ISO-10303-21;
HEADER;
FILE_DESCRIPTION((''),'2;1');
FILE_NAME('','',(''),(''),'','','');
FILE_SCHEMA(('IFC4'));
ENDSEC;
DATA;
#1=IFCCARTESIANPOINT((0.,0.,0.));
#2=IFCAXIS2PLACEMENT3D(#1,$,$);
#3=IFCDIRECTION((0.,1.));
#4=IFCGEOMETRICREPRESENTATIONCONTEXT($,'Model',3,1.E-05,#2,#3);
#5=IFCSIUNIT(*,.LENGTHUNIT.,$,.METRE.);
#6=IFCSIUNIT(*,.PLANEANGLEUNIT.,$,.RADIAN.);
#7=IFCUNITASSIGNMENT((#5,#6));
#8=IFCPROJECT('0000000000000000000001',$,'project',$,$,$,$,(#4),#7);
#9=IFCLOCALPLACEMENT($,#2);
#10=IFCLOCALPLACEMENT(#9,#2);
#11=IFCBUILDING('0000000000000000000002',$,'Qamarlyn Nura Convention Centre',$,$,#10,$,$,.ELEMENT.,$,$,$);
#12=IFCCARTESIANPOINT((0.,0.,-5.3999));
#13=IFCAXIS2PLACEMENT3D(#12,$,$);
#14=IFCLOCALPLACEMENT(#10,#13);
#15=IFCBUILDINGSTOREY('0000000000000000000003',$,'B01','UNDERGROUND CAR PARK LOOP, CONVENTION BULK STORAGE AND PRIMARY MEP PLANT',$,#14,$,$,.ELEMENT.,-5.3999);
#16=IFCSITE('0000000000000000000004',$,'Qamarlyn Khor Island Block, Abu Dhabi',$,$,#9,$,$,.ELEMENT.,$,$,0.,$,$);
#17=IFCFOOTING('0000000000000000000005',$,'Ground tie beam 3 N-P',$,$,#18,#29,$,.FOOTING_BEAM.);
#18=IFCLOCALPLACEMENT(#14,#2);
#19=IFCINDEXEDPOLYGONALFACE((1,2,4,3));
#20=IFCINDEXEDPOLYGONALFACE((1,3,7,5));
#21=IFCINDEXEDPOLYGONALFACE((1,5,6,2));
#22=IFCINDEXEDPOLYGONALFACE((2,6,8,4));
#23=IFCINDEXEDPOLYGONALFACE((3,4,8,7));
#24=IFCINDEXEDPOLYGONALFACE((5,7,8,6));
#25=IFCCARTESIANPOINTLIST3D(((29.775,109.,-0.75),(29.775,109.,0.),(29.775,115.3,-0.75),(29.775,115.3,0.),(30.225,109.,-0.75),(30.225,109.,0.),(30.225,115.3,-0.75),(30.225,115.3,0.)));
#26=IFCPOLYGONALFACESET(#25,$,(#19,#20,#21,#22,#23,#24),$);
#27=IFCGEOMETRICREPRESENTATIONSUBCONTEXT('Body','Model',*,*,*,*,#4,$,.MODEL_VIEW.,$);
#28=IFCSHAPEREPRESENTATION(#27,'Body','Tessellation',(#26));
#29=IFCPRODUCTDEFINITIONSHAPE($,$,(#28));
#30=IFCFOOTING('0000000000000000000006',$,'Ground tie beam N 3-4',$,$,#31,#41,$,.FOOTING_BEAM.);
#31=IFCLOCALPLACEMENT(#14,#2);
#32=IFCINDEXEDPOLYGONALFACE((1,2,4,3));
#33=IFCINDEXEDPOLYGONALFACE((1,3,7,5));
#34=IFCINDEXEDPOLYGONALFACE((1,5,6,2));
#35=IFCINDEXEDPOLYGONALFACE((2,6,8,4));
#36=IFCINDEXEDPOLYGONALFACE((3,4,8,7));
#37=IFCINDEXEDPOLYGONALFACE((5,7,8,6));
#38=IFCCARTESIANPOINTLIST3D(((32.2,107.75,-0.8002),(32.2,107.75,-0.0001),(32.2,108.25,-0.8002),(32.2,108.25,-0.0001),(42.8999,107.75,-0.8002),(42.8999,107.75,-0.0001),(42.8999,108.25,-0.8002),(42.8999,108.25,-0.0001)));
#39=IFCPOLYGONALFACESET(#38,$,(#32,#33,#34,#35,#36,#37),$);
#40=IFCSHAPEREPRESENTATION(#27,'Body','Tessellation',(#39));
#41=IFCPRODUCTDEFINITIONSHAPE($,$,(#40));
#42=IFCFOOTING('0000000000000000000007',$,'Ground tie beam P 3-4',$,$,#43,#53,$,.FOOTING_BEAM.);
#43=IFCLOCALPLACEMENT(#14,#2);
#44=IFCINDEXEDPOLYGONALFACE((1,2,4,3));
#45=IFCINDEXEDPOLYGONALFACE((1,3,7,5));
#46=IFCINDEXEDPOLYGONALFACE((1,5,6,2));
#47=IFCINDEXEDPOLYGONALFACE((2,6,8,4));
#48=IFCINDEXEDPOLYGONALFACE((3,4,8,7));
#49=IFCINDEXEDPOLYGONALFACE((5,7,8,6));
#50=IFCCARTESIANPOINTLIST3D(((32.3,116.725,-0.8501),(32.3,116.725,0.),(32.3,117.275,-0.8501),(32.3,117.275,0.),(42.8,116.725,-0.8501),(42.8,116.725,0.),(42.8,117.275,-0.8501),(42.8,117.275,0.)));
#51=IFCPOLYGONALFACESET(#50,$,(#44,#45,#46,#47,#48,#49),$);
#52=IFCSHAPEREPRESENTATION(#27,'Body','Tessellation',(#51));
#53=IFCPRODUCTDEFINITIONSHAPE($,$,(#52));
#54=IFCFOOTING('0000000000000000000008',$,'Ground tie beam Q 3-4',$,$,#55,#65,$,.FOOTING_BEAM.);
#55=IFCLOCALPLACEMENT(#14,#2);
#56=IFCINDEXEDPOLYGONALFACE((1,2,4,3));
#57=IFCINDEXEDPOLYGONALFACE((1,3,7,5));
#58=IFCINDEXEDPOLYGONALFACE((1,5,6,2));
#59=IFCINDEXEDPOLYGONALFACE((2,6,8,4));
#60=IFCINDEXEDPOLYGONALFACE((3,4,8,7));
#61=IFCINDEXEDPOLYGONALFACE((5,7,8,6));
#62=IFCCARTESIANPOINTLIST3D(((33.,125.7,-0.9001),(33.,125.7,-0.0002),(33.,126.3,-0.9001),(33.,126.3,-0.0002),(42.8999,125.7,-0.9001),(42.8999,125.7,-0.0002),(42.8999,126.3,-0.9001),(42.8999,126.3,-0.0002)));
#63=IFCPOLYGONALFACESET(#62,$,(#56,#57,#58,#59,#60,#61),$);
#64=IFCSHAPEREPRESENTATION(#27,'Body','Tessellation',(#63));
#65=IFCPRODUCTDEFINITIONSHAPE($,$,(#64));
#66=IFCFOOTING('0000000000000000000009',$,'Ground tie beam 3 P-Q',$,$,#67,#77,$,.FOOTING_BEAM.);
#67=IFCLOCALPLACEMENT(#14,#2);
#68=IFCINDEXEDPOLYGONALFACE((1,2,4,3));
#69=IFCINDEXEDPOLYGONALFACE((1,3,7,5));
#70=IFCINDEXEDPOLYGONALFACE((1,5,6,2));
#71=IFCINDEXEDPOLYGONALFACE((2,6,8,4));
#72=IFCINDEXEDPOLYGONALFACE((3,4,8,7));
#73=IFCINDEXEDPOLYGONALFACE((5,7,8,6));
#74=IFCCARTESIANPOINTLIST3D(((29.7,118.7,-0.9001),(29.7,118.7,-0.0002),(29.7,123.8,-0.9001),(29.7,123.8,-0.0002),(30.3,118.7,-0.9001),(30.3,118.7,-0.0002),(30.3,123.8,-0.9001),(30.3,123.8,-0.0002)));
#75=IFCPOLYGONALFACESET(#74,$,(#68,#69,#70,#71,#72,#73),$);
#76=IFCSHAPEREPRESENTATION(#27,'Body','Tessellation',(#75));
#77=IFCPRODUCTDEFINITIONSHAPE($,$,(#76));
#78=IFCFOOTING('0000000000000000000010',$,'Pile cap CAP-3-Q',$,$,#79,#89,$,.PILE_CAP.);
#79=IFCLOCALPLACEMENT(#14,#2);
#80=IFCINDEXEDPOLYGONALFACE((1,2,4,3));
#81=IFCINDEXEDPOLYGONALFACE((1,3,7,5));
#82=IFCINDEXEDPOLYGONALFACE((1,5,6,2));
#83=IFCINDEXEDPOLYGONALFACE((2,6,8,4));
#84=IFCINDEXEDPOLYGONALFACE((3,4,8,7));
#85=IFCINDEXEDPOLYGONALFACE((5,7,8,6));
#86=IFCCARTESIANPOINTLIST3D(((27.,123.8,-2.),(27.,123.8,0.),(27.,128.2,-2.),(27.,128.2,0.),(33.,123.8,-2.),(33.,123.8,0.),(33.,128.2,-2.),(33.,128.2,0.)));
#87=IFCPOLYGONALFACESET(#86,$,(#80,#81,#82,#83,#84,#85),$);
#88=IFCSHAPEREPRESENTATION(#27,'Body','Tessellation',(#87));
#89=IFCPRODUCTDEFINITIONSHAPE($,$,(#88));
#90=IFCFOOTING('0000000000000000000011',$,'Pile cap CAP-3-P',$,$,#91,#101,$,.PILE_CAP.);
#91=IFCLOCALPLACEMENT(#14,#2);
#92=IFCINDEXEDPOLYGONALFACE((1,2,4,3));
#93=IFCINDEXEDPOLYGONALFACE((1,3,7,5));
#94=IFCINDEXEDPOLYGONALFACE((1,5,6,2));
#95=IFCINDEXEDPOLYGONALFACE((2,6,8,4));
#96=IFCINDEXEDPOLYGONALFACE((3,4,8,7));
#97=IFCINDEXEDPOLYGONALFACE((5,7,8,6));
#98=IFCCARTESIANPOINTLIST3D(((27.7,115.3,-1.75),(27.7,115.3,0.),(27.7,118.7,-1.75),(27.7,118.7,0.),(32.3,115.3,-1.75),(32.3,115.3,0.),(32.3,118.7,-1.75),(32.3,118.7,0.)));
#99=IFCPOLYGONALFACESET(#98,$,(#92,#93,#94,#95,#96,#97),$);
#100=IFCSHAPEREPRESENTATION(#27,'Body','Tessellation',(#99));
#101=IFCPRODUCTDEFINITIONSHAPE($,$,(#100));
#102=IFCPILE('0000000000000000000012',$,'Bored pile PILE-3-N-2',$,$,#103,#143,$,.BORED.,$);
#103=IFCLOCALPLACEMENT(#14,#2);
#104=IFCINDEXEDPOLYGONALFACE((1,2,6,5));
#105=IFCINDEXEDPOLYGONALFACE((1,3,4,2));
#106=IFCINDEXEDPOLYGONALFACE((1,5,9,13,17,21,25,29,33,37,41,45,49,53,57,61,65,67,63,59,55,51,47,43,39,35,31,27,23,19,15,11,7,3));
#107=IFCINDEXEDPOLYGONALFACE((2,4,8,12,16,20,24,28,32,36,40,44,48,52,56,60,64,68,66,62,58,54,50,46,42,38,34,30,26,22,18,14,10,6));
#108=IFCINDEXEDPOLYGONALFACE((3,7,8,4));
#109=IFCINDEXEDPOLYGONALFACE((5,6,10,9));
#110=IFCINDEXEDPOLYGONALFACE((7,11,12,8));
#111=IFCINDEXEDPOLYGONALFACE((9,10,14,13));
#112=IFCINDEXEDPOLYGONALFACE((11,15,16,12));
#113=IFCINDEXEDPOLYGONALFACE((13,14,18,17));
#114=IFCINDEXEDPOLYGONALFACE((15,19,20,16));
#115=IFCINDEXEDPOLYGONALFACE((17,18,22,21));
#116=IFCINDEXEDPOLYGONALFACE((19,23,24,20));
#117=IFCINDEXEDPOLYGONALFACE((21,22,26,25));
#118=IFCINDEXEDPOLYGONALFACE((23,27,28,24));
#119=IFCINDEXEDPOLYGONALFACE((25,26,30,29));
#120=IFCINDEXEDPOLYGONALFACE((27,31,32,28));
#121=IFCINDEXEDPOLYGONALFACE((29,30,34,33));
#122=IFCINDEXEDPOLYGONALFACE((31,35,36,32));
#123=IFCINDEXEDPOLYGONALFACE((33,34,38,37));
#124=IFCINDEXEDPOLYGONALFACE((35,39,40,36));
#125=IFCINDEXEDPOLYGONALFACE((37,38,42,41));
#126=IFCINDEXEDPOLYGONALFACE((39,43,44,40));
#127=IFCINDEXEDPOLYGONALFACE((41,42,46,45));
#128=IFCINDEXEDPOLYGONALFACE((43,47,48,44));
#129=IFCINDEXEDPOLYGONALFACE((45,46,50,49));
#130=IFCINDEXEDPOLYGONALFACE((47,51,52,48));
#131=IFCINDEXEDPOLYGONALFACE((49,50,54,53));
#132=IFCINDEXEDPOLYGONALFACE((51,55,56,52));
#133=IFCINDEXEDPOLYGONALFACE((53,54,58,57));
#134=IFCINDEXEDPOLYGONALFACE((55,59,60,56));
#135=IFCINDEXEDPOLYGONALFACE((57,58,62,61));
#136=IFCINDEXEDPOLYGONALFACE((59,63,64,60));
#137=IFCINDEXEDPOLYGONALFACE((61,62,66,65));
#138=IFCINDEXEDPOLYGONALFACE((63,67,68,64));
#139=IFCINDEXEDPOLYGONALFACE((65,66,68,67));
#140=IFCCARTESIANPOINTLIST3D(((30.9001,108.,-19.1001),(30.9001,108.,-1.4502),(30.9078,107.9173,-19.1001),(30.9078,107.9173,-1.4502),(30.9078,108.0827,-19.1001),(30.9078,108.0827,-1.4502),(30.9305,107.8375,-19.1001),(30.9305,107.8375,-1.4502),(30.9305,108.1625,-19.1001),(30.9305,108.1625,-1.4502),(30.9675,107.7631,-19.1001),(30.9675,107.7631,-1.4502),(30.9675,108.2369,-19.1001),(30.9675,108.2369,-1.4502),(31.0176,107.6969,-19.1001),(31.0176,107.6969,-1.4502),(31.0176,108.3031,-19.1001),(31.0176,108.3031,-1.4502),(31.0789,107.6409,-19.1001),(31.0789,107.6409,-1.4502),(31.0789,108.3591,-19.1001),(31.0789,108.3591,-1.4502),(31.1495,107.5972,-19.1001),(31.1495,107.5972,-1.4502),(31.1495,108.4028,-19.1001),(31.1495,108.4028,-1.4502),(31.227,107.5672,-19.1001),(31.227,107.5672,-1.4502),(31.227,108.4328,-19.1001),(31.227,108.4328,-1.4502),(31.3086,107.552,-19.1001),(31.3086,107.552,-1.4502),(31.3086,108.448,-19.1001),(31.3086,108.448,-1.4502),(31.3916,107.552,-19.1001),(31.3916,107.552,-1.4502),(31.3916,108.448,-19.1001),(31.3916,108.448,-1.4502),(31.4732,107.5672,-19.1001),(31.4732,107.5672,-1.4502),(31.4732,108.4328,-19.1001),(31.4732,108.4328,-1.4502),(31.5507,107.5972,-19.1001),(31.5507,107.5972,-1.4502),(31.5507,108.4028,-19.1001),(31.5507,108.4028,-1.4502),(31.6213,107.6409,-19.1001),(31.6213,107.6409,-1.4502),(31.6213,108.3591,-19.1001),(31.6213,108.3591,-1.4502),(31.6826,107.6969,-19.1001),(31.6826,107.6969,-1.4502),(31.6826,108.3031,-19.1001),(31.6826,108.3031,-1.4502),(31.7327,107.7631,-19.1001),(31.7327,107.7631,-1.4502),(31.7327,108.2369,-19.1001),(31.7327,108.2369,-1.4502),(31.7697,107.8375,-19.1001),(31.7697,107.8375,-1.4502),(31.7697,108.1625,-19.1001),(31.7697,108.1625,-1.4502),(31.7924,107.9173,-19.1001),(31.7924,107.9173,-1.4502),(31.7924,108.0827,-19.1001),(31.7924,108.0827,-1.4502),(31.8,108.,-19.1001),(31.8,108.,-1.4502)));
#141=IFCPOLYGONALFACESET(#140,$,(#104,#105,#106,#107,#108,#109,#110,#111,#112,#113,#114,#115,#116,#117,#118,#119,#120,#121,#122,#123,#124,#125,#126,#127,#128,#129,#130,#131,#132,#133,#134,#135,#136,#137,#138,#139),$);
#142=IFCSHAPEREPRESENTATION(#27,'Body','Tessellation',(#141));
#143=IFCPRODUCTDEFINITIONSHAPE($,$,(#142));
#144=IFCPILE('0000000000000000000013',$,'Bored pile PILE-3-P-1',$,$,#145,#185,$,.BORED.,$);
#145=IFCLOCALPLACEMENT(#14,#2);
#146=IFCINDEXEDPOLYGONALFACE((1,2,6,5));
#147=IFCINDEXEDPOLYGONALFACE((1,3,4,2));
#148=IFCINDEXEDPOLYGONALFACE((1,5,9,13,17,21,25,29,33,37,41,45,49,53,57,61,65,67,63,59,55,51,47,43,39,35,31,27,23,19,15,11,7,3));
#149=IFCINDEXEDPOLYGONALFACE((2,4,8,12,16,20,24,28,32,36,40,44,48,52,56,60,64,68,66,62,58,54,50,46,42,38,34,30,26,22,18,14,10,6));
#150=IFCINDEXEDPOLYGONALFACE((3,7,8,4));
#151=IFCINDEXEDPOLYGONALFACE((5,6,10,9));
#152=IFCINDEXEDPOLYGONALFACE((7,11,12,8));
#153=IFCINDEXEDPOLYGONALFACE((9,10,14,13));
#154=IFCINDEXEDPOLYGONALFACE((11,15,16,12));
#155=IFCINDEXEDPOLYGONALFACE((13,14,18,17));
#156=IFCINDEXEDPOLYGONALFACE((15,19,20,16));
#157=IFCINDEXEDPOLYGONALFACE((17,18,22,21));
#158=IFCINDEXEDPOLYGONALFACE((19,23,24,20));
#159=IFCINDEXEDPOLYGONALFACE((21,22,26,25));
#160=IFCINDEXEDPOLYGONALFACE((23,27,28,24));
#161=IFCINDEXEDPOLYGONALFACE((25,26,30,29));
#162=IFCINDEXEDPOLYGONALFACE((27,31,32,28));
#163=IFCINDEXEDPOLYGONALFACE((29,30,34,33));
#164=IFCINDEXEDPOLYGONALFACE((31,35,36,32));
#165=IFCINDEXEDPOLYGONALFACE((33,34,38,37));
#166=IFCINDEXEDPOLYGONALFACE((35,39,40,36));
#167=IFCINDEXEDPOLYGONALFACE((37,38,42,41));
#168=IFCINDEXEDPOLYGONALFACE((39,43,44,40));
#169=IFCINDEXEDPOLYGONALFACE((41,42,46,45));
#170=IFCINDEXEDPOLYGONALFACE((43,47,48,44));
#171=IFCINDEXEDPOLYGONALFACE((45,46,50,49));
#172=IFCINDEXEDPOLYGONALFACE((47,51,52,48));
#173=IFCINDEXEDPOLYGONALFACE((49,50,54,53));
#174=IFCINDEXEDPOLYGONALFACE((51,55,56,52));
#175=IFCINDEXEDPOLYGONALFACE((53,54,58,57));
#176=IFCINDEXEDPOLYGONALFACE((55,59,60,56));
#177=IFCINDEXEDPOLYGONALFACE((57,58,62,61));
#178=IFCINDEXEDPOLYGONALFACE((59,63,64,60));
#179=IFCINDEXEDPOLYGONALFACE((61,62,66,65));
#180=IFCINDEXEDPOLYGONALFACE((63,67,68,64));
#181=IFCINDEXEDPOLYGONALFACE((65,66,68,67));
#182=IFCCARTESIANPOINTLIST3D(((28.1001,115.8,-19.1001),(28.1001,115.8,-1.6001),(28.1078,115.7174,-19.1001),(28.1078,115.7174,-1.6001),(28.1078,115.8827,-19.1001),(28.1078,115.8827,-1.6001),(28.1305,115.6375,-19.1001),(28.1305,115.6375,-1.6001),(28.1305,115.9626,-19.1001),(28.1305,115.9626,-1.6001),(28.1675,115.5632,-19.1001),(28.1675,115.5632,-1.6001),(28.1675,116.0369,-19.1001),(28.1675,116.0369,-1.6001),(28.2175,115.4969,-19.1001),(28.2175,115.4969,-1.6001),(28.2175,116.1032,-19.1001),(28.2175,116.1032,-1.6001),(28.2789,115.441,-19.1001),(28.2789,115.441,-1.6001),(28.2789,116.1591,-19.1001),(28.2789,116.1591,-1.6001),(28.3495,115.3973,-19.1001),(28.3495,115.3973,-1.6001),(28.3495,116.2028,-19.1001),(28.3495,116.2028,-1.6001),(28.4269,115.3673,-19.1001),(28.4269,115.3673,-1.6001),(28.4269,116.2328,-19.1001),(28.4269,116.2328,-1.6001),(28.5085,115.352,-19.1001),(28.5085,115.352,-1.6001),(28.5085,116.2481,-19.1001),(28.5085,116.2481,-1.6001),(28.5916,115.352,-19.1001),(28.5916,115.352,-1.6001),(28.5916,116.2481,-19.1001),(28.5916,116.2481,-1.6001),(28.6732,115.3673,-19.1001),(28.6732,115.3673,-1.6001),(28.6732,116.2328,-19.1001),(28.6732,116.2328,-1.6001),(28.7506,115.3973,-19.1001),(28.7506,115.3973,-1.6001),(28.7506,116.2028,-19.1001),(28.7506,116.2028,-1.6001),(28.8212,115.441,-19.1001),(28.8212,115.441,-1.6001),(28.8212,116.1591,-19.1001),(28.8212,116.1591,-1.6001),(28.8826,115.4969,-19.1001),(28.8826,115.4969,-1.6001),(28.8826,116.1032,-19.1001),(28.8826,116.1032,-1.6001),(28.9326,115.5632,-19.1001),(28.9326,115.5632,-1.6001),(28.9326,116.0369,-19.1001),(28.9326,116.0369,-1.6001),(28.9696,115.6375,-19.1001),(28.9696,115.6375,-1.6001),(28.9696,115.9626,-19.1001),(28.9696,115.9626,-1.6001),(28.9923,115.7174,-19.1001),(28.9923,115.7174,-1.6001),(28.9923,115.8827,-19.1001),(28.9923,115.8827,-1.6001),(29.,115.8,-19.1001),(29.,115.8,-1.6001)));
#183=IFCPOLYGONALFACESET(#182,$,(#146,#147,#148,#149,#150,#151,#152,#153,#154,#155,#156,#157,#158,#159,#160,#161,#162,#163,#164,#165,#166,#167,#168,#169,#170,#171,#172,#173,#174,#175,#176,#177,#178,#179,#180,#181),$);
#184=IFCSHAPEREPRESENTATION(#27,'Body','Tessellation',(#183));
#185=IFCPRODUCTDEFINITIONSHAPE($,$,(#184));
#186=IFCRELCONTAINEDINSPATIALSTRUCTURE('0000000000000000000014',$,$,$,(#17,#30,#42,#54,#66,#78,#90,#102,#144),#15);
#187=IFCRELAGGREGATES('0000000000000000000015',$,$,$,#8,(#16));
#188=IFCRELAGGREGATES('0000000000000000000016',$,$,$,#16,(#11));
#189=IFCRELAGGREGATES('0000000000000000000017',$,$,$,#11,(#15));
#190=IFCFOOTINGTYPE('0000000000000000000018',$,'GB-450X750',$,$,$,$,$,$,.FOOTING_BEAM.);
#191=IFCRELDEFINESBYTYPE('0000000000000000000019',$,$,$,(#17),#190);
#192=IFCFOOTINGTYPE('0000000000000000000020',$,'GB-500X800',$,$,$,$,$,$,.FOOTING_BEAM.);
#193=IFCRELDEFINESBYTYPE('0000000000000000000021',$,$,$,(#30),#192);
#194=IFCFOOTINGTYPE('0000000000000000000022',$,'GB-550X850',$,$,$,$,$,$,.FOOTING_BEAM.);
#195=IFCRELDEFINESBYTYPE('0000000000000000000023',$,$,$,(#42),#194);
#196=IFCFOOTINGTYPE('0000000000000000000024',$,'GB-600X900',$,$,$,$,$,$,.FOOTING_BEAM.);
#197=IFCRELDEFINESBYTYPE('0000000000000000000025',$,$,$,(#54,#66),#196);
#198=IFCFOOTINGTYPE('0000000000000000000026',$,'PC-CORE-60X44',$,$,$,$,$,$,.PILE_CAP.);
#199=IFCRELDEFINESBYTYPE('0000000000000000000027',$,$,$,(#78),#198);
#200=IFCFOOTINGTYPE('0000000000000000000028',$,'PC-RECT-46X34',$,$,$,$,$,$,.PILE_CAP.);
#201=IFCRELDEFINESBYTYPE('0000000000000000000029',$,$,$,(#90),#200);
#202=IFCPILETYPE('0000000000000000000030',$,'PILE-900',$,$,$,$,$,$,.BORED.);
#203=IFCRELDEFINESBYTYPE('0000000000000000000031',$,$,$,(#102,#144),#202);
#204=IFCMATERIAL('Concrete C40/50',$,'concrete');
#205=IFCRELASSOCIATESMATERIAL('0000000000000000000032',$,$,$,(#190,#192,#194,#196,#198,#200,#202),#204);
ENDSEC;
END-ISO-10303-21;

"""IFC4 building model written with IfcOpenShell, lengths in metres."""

from ifc_helpers import new_model, si_unit, direction, frame, origin, origin_2d, place, context, subcontext, project, spatial, rectangle, circle, extrude, material, material_profile, profile_set, type_object, element, save


model = new_model("IFC4")

# Units and contexts
model_context = context("Model", 3, precision=1e-05, world=origin(), true_north=direction((0.0, 1.0)))
body_context = subcontext(model_context, "Body", "Model", "MODEL_VIEW")
ifc_project = project(units=[si_unit("LENGTHUNIT", "METRE"), si_unit("PLANEANGLEUNIT", "RADIAN")], contexts=[model_context])

# Site, building, storey
site_placement = place(None, origin())
site = spatial("IfcSite", under=ifc_project, at=site_placement, Name="Qamarlyn Khor Island Block, Abu Dhabi", CompositionType="ELEMENT", RefElevation=0.0)
building_placement = place(site_placement, origin())
building = spatial("IfcBuilding", under=site, at=building_placement, Name="Qamarlyn Nura Convention Centre", CompositionType="ELEMENT")
storey_placement = place(building_placement, frame((0.0, 0.0, -5.3999)))
storey = spatial("IfcBuildingStorey", under=building, at=storey_placement, Name="B01", Description="UNDERGROUND CAR PARK LOOP, CONVENTION BULK STORAGE AND PRIMARY MEP PLANT", CompositionType="ELEMENT", Elevation=-5.3999)

# Footings
ifc_material_1 = material(Name="Concrete C40/50", Category="concrete")
ifc_material_profile_1 = material_profile(ifc_material_1, rectangle(XDim=0.45, YDim=0.75, at=origin_2d()), Name="RC GB 450x750")
ifc_profile_set_1 = profile_set([ifc_material_profile_1], Name="Concrete C40/50")
footing_type_1 = type_object("IfcFootingType", Name="GB-450X750", PredefinedType="FOOTING_BEAM", material=ifc_profile_set_1)
footing_1_placement = place(storey_placement, frame((30.0, 109.0, -0.375), z_axis=(0.0, 1.0, 0.0), x_axis=(-1.0, 0.0, 0.0)))
element("IfcFooting", 1, at=footing_1_placement, inside=storey, type_object=footing_type_1, Name="Ground tie beam 3 N-P", PredefinedType="FOOTING_BEAM", context=body_context, shape_type="SweptSolid", body=[
    extrude(rectangle(XDim=0.45, YDim=0.75, at=origin_2d()), origin(), (0.0, 0.0, 1.0), 6.3),
])
ifc_material_profile_2 = material_profile(ifc_material_1, rectangle(XDim=0.5, YDim=0.8, at=origin_2d()), Name="RC GB 500x800")
ifc_profile_set_2 = profile_set([ifc_material_profile_2], Name="Concrete C40/50")
footing_type_2 = type_object("IfcFootingType", Name="GB-500X800", PredefinedType="FOOTING_BEAM", material=ifc_profile_set_2)
footing_2_placement = place(storey_placement, frame((32.2, 108.0, -0.4001), z_axis=(1.0, 0.0, 0.0), x_axis=(0.0, 1.0, 0.0)))
element("IfcFooting", 2, at=footing_2_placement, inside=storey, type_object=footing_type_2, Name="Ground tie beam N 3-4", PredefinedType="FOOTING_BEAM", context=body_context, shape_type="SweptSolid", body=[
    extrude(rectangle(XDim=0.5, YDim=0.8, at=origin_2d()), origin(), (0.0, 0.0, 1.0), 10.7),
])
ifc_material_profile_3 = material_profile(ifc_material_1, rectangle(XDim=0.55, YDim=0.8501, at=origin_2d()), Name="RC GB 550x850")
ifc_profile_set_3 = profile_set([ifc_material_profile_3], Name="Concrete C40/50")
footing_type_3 = type_object("IfcFootingType", Name="GB-550X850", PredefinedType="FOOTING_BEAM", material=ifc_profile_set_3)
footing_3_placement = place(storey_placement, frame((32.3, 117.0, -0.425), z_axis=(1.0, 0.0, 0.0), x_axis=(0.0, 1.0, 0.0)))
element("IfcFooting", 3, at=footing_3_placement, inside=storey, type_object=footing_type_3, Name="Ground tie beam P 3-4", PredefinedType="FOOTING_BEAM", context=body_context, shape_type="SweptSolid", body=[
    extrude(rectangle(XDim=0.55, YDim=0.8501, at=origin_2d()), origin(), (0.0, 0.0, 1.0), 10.5),
])
ifc_material_profile_4 = material_profile(ifc_material_1, rectangle(XDim=0.6001, YDim=0.8999, at=origin_2d()), Name="RC GB 600x900")
ifc_profile_set_4 = profile_set([ifc_material_profile_4], Name="Concrete C40/50")
footing_type_4 = type_object("IfcFootingType", Name="GB-600X900", PredefinedType="FOOTING_BEAM", material=ifc_profile_set_4)
footing_4_placement = place(storey_placement, frame((33.0, 126.0, -0.4502), z_axis=(1.0, 0.0, 0.0), x_axis=(0.0, 1.0, 0.0)))
element("IfcFooting", 4, at=footing_4_placement, inside=storey, type_object=footing_type_4, Name="Ground tie beam Q 3-4", PredefinedType="FOOTING_BEAM", context=body_context, shape_type="SweptSolid", body=[
    extrude(rectangle(XDim=0.6001, YDim=0.8999, at=origin_2d()), origin(), (0.0, 0.0, 1.0), 9.8999),
])
footing_5_placement = place(storey_placement, frame((30.0, 118.7, -0.4502), z_axis=(0.0, 1.0, 0.0), x_axis=(-1.0, 0.0, 0.0)))
element("IfcFooting", 5, at=footing_5_placement, inside=storey, type_object=footing_type_4, Name="Ground tie beam 3 P-Q", PredefinedType="FOOTING_BEAM", context=body_context, shape_type="SweptSolid", body=[
    extrude(rectangle(XDim=0.6001, YDim=0.8999, at=origin_2d()), origin(), (0.0, 0.0, 1.0), 5.1001),
])
footing_type_5 = type_object("IfcFootingType", Name="PC-CORE-60X44", PredefinedType="PILE_CAP", material=ifc_material_1)
footing_6_placement = place(storey_placement, frame((30.0, 126.0, -2.0), z_axis=(0.0, 0.0, 1.0), x_axis=(1.0, 0.0, 0.0)))
element("IfcFooting", 6, at=footing_6_placement, inside=storey, type_object=footing_type_5, Name="Pile cap CAP-3-Q", PredefinedType="PILE_CAP", context=body_context, shape_type="SweptSolid", body=[
    extrude(rectangle(XDim=6.0, YDim=4.3999, at=origin_2d()), origin(), (0.0, 0.0, 1.0), 2.0),
])
footing_type_6 = type_object("IfcFootingType", Name="PC-RECT-46X34", PredefinedType="PILE_CAP", material=ifc_material_1)
footing_7_placement = place(storey_placement, frame((30.0, 117.0, -1.75), z_axis=(0.0, 0.0, 1.0), x_axis=(1.0, 0.0, 0.0)))
element("IfcFooting", 7, at=footing_7_placement, inside=storey, type_object=footing_type_6, Name="Pile cap CAP-3-P", PredefinedType="PILE_CAP", context=body_context, shape_type="SweptSolid", body=[
    extrude(rectangle(XDim=4.6001, YDim=3.3999, at=origin_2d()), origin(), (0.0, 0.0, 1.0), 1.75),
])

# Piles
ifc_material_profile_5 = material_profile(ifc_material_1, circle(Radius=0.45, at=origin_2d()), Name="BORED PILE 900")
ifc_profile_set_5 = profile_set([ifc_material_profile_5], Name="Concrete C40/50")
pile_type = type_object("IfcPileType", Name="PILE-900", PredefinedType="BORED", material=ifc_profile_set_5)
pile_placement = place(storey_placement, frame((31.3501, 108.0, -1.4502), z_axis=(0.0, 0.0, -1.0), x_axis=(1.0, 0.0, 0.0)))
element("IfcPile", 8, at=pile_placement, inside=storey, type_object=pile_type, Name="Bored pile PILE-3-N-2", PredefinedType="BORED", context=body_context, shape_type="SweptSolid", body=[
    extrude(circle(Radius=0.45, at=origin_2d()), origin(), (0.0, 0.0, 1.0), 17.6499),
])
for number, where, z_axis, x_axis, name in (
    (9, (28.55, 115.8, -1.6001), (0.0, 0.0, -1.0), (1.0, 0.0, 0.0), "Bored pile PILE-3-P-1"),
):
    element("IfcPile", number, at=place(storey_placement, frame(where, z_axis=z_axis, x_axis=x_axis)), inside=storey, type_object=pile_type, Name=name, PredefinedType="BORED", context=body_context, shape_type="SweptSolid", body=[
        extrude(circle(Radius=0.45, at=origin_2d()), origin(), (0.0, 0.0, 1.0), 17.5),
    ])

save(model, "model.ifc")
